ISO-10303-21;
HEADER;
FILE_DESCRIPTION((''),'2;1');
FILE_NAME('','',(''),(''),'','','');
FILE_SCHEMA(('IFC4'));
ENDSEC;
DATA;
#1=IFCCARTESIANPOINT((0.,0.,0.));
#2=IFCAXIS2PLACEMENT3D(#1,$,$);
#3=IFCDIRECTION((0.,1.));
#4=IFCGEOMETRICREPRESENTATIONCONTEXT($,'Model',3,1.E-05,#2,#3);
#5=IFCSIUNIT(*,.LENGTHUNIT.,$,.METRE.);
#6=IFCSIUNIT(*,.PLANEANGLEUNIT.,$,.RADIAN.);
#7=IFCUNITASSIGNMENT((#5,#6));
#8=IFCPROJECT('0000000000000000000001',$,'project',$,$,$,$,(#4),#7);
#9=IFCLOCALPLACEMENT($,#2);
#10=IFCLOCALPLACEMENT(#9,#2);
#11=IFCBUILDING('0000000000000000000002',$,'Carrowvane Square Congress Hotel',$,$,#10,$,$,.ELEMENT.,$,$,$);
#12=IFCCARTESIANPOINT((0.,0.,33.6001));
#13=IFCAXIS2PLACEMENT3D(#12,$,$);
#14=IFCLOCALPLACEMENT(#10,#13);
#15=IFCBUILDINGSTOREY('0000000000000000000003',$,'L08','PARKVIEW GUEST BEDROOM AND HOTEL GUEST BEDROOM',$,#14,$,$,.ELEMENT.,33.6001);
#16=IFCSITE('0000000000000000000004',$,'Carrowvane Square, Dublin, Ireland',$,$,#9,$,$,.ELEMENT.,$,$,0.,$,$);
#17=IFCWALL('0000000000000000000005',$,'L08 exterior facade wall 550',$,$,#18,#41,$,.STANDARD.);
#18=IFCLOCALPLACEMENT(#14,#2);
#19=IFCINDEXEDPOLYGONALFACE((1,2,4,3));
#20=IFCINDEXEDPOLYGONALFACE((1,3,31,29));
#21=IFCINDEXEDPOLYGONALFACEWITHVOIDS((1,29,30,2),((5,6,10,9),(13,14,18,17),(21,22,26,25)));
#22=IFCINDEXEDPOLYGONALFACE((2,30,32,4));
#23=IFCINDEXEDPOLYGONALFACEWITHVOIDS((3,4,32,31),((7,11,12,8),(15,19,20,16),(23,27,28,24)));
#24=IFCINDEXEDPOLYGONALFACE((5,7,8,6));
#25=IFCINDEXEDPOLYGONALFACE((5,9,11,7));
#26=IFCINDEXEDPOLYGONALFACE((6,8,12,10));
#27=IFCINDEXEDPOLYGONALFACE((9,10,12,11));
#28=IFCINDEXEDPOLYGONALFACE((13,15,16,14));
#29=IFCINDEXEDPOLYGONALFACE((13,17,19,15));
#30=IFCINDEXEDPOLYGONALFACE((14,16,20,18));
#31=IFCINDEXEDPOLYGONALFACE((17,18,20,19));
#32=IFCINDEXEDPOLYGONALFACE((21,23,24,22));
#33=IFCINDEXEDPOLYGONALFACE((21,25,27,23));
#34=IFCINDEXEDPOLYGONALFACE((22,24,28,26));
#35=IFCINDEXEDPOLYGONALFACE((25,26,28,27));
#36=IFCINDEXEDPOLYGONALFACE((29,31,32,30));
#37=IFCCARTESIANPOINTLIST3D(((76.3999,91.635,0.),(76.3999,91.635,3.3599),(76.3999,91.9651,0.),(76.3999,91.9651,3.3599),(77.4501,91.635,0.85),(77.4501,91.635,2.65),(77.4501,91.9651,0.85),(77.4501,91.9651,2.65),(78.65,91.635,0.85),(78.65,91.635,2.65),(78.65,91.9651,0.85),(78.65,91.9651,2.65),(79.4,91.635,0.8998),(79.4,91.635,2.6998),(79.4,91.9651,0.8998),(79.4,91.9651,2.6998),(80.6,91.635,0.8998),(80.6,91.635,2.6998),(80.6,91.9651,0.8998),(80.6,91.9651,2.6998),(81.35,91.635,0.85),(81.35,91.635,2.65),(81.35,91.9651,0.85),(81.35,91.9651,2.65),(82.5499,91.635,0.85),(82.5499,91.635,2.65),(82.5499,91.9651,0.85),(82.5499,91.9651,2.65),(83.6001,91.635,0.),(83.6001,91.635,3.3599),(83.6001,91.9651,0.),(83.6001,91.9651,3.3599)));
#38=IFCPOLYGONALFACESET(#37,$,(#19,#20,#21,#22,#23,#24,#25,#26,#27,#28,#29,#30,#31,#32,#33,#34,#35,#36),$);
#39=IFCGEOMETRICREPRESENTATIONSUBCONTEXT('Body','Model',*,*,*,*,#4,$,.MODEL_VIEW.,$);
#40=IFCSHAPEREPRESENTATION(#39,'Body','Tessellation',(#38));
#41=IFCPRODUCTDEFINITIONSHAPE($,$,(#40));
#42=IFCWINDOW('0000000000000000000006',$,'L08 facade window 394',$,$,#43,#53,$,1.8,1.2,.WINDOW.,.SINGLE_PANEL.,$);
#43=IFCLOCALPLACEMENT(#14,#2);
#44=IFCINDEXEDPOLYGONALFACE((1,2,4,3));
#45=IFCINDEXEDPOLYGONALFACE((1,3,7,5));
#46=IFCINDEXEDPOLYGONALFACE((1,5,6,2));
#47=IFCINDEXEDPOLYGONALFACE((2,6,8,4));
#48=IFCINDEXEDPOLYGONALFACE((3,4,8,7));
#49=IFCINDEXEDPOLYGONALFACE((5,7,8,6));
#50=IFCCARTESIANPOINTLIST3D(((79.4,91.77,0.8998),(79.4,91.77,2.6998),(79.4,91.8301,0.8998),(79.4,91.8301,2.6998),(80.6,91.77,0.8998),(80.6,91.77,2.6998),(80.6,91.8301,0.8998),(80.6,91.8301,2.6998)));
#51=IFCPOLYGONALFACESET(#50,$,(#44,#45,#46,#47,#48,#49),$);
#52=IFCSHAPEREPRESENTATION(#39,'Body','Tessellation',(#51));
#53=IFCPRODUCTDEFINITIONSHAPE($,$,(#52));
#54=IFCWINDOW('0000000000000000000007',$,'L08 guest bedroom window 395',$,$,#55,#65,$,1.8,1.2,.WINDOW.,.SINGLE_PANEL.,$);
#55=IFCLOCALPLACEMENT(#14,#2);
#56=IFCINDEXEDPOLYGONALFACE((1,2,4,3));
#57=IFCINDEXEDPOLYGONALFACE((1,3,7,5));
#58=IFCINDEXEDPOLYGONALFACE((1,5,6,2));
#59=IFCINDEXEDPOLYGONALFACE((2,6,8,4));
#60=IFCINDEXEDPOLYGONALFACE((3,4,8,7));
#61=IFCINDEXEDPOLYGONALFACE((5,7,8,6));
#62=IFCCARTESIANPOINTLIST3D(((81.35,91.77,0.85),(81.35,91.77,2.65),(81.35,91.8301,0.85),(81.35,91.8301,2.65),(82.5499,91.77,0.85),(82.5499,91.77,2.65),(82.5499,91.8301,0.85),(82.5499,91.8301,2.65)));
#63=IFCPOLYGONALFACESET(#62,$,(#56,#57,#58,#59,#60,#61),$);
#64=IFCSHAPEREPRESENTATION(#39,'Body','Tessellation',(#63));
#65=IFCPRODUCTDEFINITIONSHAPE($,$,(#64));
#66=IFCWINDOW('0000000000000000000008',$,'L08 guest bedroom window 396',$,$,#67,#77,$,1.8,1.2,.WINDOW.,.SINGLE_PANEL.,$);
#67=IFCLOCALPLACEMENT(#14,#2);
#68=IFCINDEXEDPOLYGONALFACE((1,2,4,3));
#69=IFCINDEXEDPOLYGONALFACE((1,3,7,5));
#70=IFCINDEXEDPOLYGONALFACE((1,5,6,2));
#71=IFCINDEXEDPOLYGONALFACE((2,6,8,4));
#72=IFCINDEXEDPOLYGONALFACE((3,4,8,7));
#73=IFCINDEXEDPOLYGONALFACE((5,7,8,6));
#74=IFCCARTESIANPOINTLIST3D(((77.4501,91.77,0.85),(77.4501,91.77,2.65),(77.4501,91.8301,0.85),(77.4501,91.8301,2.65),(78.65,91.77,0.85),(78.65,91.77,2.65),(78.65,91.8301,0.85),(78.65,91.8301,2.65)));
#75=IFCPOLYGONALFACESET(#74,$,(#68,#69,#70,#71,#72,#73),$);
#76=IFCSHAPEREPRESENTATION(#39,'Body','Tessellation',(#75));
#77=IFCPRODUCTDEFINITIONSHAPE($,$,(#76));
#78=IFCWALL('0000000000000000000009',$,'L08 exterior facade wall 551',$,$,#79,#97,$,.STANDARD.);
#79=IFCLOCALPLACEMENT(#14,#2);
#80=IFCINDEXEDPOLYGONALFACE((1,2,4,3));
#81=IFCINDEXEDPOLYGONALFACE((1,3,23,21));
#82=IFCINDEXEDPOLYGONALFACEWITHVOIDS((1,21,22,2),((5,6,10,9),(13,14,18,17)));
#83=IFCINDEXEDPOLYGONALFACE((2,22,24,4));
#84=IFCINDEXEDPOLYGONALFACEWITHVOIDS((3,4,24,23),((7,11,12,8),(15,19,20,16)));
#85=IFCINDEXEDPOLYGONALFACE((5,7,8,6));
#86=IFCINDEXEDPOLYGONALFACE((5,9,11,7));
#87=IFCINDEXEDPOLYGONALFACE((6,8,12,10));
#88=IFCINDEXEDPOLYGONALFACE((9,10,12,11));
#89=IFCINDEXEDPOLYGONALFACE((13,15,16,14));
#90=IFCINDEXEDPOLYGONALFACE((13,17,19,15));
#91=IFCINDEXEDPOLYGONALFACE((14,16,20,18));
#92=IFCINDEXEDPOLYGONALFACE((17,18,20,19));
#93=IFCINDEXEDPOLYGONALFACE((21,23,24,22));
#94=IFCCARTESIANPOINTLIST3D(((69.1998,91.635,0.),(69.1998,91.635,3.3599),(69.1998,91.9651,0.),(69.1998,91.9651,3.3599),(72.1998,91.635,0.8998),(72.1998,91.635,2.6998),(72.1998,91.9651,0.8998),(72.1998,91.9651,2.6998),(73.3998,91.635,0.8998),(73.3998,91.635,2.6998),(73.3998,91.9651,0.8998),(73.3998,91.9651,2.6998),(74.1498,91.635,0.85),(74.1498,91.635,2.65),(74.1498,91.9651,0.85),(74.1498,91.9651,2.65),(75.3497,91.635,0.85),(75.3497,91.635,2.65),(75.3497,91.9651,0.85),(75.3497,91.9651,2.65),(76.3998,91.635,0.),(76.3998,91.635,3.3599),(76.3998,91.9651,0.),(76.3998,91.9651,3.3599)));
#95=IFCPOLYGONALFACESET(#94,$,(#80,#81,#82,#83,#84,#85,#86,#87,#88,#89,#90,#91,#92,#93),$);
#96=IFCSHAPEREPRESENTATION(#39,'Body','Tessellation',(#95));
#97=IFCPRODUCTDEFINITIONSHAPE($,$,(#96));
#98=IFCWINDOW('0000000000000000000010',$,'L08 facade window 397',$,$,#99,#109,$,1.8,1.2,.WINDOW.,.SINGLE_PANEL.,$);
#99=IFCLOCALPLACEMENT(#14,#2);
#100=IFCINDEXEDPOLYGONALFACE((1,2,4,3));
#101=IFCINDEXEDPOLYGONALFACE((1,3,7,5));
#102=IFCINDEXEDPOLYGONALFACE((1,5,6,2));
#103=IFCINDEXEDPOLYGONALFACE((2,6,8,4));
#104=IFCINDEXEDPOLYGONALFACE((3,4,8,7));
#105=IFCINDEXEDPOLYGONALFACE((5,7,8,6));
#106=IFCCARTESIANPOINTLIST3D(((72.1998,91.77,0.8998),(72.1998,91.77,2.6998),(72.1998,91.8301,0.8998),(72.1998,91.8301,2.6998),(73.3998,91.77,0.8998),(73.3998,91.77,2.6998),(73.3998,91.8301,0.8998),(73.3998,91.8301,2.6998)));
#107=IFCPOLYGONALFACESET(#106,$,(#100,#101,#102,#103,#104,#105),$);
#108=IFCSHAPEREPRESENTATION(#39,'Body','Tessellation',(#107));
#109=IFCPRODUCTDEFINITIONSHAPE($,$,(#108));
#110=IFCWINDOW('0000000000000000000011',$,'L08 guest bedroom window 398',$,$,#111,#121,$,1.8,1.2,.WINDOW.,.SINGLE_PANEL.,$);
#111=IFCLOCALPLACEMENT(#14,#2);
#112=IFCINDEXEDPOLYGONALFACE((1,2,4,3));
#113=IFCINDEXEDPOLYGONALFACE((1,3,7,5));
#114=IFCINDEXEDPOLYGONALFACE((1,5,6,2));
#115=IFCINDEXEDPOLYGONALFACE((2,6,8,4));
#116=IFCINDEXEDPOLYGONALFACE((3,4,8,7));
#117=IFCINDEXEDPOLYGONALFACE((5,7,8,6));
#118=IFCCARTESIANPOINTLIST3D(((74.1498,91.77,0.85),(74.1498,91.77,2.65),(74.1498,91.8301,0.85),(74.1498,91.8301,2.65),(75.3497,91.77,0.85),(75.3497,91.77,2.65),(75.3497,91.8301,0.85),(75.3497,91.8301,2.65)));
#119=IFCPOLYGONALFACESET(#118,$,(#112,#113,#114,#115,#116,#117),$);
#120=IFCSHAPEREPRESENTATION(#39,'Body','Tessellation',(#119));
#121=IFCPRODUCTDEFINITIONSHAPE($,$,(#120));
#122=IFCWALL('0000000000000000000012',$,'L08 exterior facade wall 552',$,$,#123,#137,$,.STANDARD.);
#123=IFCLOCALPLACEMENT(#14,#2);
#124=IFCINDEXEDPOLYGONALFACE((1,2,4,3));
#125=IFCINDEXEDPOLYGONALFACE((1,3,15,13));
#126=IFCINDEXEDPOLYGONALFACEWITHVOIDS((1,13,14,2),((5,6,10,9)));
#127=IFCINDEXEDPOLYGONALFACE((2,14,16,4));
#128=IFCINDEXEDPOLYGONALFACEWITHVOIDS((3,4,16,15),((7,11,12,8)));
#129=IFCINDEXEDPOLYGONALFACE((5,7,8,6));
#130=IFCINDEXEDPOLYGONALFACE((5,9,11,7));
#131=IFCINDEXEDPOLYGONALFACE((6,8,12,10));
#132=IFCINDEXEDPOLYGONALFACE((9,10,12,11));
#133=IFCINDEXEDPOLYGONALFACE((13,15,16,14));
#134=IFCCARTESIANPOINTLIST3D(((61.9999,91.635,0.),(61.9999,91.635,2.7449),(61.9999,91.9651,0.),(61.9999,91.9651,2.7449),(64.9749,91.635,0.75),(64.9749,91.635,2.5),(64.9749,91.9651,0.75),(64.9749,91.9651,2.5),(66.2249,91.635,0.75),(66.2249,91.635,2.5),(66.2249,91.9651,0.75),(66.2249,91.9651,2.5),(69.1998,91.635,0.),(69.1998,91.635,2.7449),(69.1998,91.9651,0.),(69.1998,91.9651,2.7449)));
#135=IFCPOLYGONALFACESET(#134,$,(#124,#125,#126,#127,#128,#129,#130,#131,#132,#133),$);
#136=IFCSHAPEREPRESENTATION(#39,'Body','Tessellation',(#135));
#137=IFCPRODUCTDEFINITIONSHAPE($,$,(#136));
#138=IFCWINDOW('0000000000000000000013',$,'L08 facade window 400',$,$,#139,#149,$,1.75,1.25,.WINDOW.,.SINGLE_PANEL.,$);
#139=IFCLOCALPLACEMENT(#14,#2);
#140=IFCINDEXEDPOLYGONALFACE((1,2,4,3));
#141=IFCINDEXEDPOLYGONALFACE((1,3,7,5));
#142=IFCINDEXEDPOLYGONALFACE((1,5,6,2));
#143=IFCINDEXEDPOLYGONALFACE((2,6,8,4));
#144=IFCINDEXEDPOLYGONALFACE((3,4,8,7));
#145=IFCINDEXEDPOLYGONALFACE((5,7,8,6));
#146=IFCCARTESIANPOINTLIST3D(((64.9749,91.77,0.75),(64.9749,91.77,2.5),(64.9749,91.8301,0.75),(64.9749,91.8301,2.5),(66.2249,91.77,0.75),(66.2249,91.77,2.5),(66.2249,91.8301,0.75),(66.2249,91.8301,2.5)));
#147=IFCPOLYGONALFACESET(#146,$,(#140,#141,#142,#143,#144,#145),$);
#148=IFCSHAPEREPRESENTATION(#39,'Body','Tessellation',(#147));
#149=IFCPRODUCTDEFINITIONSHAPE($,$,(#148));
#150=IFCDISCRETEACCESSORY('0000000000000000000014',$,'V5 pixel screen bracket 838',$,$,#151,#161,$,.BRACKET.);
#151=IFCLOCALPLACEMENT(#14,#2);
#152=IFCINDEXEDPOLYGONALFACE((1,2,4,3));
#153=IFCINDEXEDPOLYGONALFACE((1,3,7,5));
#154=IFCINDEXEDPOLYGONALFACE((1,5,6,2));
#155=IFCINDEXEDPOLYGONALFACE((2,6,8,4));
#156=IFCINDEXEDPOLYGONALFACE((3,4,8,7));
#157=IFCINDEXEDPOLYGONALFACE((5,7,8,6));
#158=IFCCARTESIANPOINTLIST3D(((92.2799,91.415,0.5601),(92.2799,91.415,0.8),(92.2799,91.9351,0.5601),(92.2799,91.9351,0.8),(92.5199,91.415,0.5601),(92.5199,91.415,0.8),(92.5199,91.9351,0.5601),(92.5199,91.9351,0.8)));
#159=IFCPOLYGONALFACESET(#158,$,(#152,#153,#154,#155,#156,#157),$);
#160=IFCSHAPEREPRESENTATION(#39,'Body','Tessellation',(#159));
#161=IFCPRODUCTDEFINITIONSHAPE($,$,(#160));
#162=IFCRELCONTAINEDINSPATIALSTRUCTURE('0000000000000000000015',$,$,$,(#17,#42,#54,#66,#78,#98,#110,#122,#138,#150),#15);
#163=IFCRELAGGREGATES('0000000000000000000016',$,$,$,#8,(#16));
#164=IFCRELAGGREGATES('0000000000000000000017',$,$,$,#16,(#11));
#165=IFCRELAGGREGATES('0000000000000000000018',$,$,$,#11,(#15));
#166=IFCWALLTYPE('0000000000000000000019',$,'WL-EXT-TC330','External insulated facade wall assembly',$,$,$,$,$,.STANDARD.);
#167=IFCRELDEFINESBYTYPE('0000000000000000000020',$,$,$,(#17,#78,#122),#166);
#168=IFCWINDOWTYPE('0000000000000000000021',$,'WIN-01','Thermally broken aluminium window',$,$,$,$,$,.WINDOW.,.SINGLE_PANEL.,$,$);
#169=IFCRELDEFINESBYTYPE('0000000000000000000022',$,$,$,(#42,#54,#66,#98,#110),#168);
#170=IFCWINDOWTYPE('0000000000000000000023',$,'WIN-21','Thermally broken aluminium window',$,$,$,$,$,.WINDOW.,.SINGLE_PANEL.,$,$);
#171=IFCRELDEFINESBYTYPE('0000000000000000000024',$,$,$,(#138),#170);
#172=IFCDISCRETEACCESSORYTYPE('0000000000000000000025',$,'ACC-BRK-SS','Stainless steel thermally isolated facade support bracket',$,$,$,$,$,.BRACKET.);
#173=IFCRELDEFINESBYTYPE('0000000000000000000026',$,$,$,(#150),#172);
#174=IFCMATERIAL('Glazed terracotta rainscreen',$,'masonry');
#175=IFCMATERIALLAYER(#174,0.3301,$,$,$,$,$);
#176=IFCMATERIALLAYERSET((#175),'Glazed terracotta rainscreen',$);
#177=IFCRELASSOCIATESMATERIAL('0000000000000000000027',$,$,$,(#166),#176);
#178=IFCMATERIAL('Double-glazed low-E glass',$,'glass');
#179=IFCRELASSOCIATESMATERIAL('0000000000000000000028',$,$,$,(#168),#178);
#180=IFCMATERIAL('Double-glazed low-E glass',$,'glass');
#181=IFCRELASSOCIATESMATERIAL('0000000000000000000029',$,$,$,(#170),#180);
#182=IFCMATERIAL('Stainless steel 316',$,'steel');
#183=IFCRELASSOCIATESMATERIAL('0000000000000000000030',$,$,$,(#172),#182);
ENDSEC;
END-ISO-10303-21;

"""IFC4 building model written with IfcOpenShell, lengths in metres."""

from ifc_helpers import new_model, si_unit, direction, frame, frame_2d, origin, origin_2d, place, context, subcontext, project, spatial, rectangle, extrude, material, layer, layer_set, type_object, element, fill, save


model = new_model("IFC4")

# Units and contexts
model_context = context("Model", 3, precision=1e-05, world=origin(), true_north=direction((0.0, 1.0)))
body_context = subcontext(model_context, "Body", "Model", "MODEL_VIEW")
ifc_project = project(units=[si_unit("LENGTHUNIT", "METRE"), si_unit("PLANEANGLEUNIT", "RADIAN")], contexts=[model_context])

# Site, building, storey
site_placement = place(None, origin())
site = spatial("IfcSite", under=ifc_project, at=site_placement, Name="Carrowvane Square, Dublin, Ireland", CompositionType="ELEMENT", RefElevation=0.0)
building_placement = place(site_placement, origin())
building = spatial("IfcBuilding", under=site, at=building_placement, Name="Carrowvane Square Congress Hotel", CompositionType="ELEMENT")
storey_placement = place(building_placement, frame((0.0, 0.0, 33.6001)))
storey = spatial("IfcBuildingStorey", under=building, at=storey_placement, Name="L08", Description="PARKVIEW GUEST BEDROOM AND HOTEL GUEST BEDROOM", CompositionType="ELEMENT", Elevation=33.6001)

# Shared definitions
ifc_material_1 = material(Name="Glazed terracotta rainscreen", Category="masonry")
ifc_layer_1 = layer(ifc_material_1, 0.3301)
ifc_layer_set_1 = layer_set([ifc_layer_1], Name="Glazed terracotta rainscreen")
wall_type = type_object("IfcWallType", Name="WL-EXT-TC330", Description="External insulated facade wall assembly", PredefinedType="STANDARD", material=ifc_layer_set_1)

# Walls, openings, windows
wall_1_placement = place(storey_placement, frame((83.6001, 91.8, 0.0), z_axis=(0.0, 0.0, 1.0), x_axis=(-1.0, 0.0, 0.0)))
wall_1 = element("IfcWall", 1, at=wall_1_placement, inside=storey, type_object=wall_type, Name="L08 exterior facade wall 550", PredefinedType="STANDARD", context=body_context, shape_type="SweptSolid", body=[
    extrude(rectangle(XDim=7.2002, YDim=0.3301, at=frame_2d((3.6001, 0.0))), origin(), (0.0, 0.0, 1.0), 3.3599),
])
opening_1_placement = place(wall_1_placement, frame((3.0, 0.0, 0.8999)))
opening_1 = element("IfcOpeningElement", 2, at=opening_1_placement, cuts=wall_1, PredefinedType="OPENING", context=body_context, shape_type="SweptSolid", body=[
    extrude(rectangle(XDim=1.2, YDim=1.8, at=frame_2d((0.6001, 0.8999))), frame((0.0, 0.175, 0.0), z_axis=(0.0, -1.0, 0.0), x_axis=(1.0, 0.0, 0.0)), (0.0, 0.0, 1.0), 0.3501),
])
opening_2_placement = place(wall_1_placement, frame((1.05, 0.0, 0.8501)))
opening_2 = element("IfcOpeningElement", 3, at=opening_2_placement, cuts=wall_1, PredefinedType="OPENING", context=body_context, shape_type="SweptSolid", body=[
    extrude(rectangle(XDim=1.2, YDim=1.8, at=frame_2d((0.6001, 0.8999))), frame((0.0, 0.175, 0.0), z_axis=(0.0, -1.0, 0.0), x_axis=(1.0, 0.0, 0.0)), (0.0, 0.0, 1.0), 0.3501),
])
opening_3_placement = place(wall_1_placement, frame((4.95, 0.0, 0.8501)))
opening_3 = element("IfcOpeningElement", 4, at=opening_3_placement, cuts=wall_1, PredefinedType="OPENING", context=body_context, shape_type="SweptSolid", body=[
    extrude(rectangle(XDim=1.2, YDim=1.8, at=frame_2d((0.6001, 0.8999))), frame((0.0, 0.175, 0.0), z_axis=(0.0, -1.0, 0.0), x_axis=(1.0, 0.0, 0.0)), (0.0, 0.0, 1.0), 0.3501),
])
ifc_material_2 = material(Name="Double-glazed low-E glass", Category="glass")
window_type_1 = type_object("IfcWindowType", Name="WIN-01", Description="Thermally broken aluminium window", PartitioningType="SINGLE_PANEL", PredefinedType="WINDOW", material=ifc_material_2)
window_1_placement = place(opening_1_placement, origin())
window_1 = element("IfcWindow", 5, at=window_1_placement, inside=storey, type_object=window_type_1, Name="L08 facade window 394", OverallHeight=1.8, OverallWidth=1.2, PartitioningType="SINGLE_PANEL", PredefinedType="WINDOW", context=body_context, shape_type="SweptSolid", body=[
    extrude(rectangle(XDim=1.2, YDim=1.8, at=frame_2d((0.6001, 0.8999))), frame((0.0, 0.03, 0.0), z_axis=(0.0, -1.0, 0.0), x_axis=(1.0, 0.0, 0.0)), (0.0, 0.0, 1.0), 0.0601),
])
fill(opening_1, window_1)
window_2_placement = place(opening_2_placement, origin())
window_2 = element("IfcWindow", 6, at=window_2_placement, inside=storey, type_object=window_type_1, Name="L08 guest bedroom window 395", OverallHeight=1.8, OverallWidth=1.2, PartitioningType="SINGLE_PANEL", PredefinedType="WINDOW", context=body_context, shape_type="SweptSolid", body=[
    extrude(rectangle(XDim=1.2, YDim=1.8, at=frame_2d((0.6001, 0.8999))), frame((0.0, 0.03, 0.0), z_axis=(0.0, -1.0, 0.0), x_axis=(1.0, 0.0, 0.0)), (0.0, 0.0, 1.0), 0.0601),
])
fill(opening_2, window_2)
window_3_placement = place(opening_3_placement, origin())
window_3 = element("IfcWindow", 7, at=window_3_placement, inside=storey, type_object=window_type_1, Name="L08 guest bedroom window 396", OverallHeight=1.8, OverallWidth=1.2, PartitioningType="SINGLE_PANEL", PredefinedType="WINDOW", context=body_context, shape_type="SweptSolid", body=[
    extrude(rectangle(XDim=1.2, YDim=1.8, at=frame_2d((0.6001, 0.8999))), frame((0.0, 0.03, 0.0), z_axis=(0.0, -1.0, 0.0), x_axis=(1.0, 0.0, 0.0)), (0.0, 0.0, 1.0), 0.0601),
])
fill(opening_3, window_3)
wall_2_placement = place(storey_placement, frame((76.3999, 91.8, 0.0), z_axis=(0.0, 0.0, 1.0), x_axis=(-1.0, 0.0, 0.0)))
wall_2 = element("IfcWall", 8, at=wall_2_placement, inside=storey, type_object=wall_type, Name="L08 exterior facade wall 551", PredefinedType="STANDARD", context=body_context, shape_type="SweptSolid", body=[
    extrude(rectangle(XDim=7.2, YDim=0.3301, at=frame_2d((3.6001, 0.0))), origin(), (0.0, 0.0, 1.0), 3.3599),
])
opening_4_placement = place(wall_2_placement, frame((3.0, 0.0, 0.8999)))
opening_4 = element("IfcOpeningElement", 9, at=opening_4_placement, cuts=wall_2, PredefinedType="OPENING", context=body_context, shape_type="SweptSolid", body=[
    extrude(rectangle(XDim=1.2, YDim=1.8, at=frame_2d((0.6001, 0.8999))), frame((0.0, 0.175, 0.0), z_axis=(0.0, -1.0, 0.0), x_axis=(1.0, 0.0, 0.0)), (0.0, 0.0, 1.0), 0.3501),
])
opening_5_placement = place(wall_2_placement, frame((1.05, 0.0, 0.8501)))
opening_5 = element("IfcOpeningElement", 10, at=opening_5_placement, cuts=wall_2, PredefinedType="OPENING", context=body_context, shape_type="SweptSolid", body=[
    extrude(rectangle(XDim=1.2, YDim=1.8, at=frame_2d((0.6001, 0.8999))), frame((0.0, 0.175, 0.0), z_axis=(0.0, -1.0, 0.0), x_axis=(1.0, 0.0, 0.0)), (0.0, 0.0, 1.0), 0.3501),
])
window_4_placement = place(opening_4_placement, origin())
window_4 = element("IfcWindow", 11, at=window_4_placement, inside=storey, type_object=window_type_1, Name="L08 facade window 397", OverallHeight=1.8, OverallWidth=1.2, PartitioningType="SINGLE_PANEL", PredefinedType="WINDOW", context=body_context, shape_type="SweptSolid", body=[
    extrude(rectangle(XDim=1.2, YDim=1.8, at=frame_2d((0.6001, 0.8999))), frame((0.0, 0.03, 0.0), z_axis=(0.0, -1.0, 0.0), x_axis=(1.0, 0.0, 0.0)), (0.0, 0.0, 1.0), 0.0601),
])
fill(opening_4, window_4)
window_5_placement = place(opening_5_placement, origin())
window_5 = element("IfcWindow", 12, at=window_5_placement, inside=storey, type_object=window_type_1, Name="L08 guest bedroom window 398", OverallHeight=1.8, OverallWidth=1.2, PartitioningType="SINGLE_PANEL", PredefinedType="WINDOW", context=body_context, shape_type="SweptSolid", body=[
    extrude(rectangle(XDim=1.2, YDim=1.8, at=frame_2d((0.6001, 0.8999))), frame((0.0, 0.03, 0.0), z_axis=(0.0, -1.0, 0.0), x_axis=(1.0, 0.0, 0.0)), (0.0, 0.0, 1.0), 0.0601),
])
fill(opening_5, window_5)

# Wall, opening, window
wall_3_placement = place(storey_placement, frame((69.2, 91.8, 0.0), z_axis=(0.0, 0.0, 1.0), x_axis=(-1.0, 0.0, 0.0)))
wall_3 = element("IfcWall", 13, at=wall_3_placement, inside=storey, type_object=wall_type, Name="L08 exterior facade wall 552", PredefinedType="STANDARD", context=body_context, shape_type="SweptSolid", body=[
    extrude(rectangle(XDim=7.2, YDim=0.3301, at=frame_2d((3.6001, 0.0))), origin(), (0.0, 0.0, 1.0), 2.7449),
])
opening_6_placement = place(wall_3_placement, frame((2.9751, 0.0, 0.75)))
opening_6 = element("IfcOpeningElement", 14, at=opening_6_placement, cuts=wall_3, PredefinedType="OPENING", context=body_context, shape_type="SweptSolid", body=[
    extrude(rectangle(XDim=1.25, YDim=1.75, at=frame_2d((0.625, 0.875))), frame((0.0, 0.175, 0.0), z_axis=(0.0, -1.0, 0.0), x_axis=(1.0, 0.0, 0.0)), (0.0, 0.0, 1.0), 0.3501),
])
ifc_material_3 = material(Name="Double-glazed low-E glass", Category="glass")
window_type_2 = type_object("IfcWindowType", Name="WIN-21", Description="Thermally broken aluminium window", PartitioningType="SINGLE_PANEL", PredefinedType="WINDOW", material=ifc_material_3)
window_6_placement = place(opening_6_placement, origin())
window_6 = element("IfcWindow", 15, at=window_6_placement, inside=storey, type_object=window_type_2, Name="L08 facade window 400", OverallHeight=1.75, OverallWidth=1.25, PartitioningType="SINGLE_PANEL", PredefinedType="WINDOW", context=body_context, shape_type="SweptSolid", body=[
    extrude(rectangle(XDim=1.25, YDim=1.75, at=frame_2d((0.625, 0.875))), frame((0.0, 0.03, 0.0), z_axis=(0.0, -1.0, 0.0), x_axis=(1.0, 0.0, 0.0)), (0.0, 0.0, 1.0), 0.0601),
])
fill(opening_6, window_6)

# Discrete accessory
ifc_material_4 = material(Name="Stainless steel 316", Category="steel")
discrete_accessory_type = type_object("IfcDiscreteAccessoryType", Name="ACC-BRK-SS", Description="Stainless steel thermally isolated facade support bracket", PredefinedType="BRACKET", material=ifc_material_4)
for number, where, z_axis, x_axis, name in (
    (16, (92.3999, 91.675, 0.5601), (0.0, 0.0, 1.0), (-1.0, 0.0, 0.0), "V5 pixel screen bracket 838"),
):
    element("IfcDiscreteAccessory", number, at=place(storey_placement, frame(where, z_axis=z_axis, x_axis=x_axis)), inside=storey, type_object=discrete_accessory_type, Name=name, PredefinedType="BRACKET", context=body_context, shape_type="SweptSolid", body=[
        extrude(rectangle(XDim=0.24, YDim=0.52, at=origin_2d()), origin(), (0.0, 0.0, 1.0), 0.24),
    ])

save(model, "model.ifc")
